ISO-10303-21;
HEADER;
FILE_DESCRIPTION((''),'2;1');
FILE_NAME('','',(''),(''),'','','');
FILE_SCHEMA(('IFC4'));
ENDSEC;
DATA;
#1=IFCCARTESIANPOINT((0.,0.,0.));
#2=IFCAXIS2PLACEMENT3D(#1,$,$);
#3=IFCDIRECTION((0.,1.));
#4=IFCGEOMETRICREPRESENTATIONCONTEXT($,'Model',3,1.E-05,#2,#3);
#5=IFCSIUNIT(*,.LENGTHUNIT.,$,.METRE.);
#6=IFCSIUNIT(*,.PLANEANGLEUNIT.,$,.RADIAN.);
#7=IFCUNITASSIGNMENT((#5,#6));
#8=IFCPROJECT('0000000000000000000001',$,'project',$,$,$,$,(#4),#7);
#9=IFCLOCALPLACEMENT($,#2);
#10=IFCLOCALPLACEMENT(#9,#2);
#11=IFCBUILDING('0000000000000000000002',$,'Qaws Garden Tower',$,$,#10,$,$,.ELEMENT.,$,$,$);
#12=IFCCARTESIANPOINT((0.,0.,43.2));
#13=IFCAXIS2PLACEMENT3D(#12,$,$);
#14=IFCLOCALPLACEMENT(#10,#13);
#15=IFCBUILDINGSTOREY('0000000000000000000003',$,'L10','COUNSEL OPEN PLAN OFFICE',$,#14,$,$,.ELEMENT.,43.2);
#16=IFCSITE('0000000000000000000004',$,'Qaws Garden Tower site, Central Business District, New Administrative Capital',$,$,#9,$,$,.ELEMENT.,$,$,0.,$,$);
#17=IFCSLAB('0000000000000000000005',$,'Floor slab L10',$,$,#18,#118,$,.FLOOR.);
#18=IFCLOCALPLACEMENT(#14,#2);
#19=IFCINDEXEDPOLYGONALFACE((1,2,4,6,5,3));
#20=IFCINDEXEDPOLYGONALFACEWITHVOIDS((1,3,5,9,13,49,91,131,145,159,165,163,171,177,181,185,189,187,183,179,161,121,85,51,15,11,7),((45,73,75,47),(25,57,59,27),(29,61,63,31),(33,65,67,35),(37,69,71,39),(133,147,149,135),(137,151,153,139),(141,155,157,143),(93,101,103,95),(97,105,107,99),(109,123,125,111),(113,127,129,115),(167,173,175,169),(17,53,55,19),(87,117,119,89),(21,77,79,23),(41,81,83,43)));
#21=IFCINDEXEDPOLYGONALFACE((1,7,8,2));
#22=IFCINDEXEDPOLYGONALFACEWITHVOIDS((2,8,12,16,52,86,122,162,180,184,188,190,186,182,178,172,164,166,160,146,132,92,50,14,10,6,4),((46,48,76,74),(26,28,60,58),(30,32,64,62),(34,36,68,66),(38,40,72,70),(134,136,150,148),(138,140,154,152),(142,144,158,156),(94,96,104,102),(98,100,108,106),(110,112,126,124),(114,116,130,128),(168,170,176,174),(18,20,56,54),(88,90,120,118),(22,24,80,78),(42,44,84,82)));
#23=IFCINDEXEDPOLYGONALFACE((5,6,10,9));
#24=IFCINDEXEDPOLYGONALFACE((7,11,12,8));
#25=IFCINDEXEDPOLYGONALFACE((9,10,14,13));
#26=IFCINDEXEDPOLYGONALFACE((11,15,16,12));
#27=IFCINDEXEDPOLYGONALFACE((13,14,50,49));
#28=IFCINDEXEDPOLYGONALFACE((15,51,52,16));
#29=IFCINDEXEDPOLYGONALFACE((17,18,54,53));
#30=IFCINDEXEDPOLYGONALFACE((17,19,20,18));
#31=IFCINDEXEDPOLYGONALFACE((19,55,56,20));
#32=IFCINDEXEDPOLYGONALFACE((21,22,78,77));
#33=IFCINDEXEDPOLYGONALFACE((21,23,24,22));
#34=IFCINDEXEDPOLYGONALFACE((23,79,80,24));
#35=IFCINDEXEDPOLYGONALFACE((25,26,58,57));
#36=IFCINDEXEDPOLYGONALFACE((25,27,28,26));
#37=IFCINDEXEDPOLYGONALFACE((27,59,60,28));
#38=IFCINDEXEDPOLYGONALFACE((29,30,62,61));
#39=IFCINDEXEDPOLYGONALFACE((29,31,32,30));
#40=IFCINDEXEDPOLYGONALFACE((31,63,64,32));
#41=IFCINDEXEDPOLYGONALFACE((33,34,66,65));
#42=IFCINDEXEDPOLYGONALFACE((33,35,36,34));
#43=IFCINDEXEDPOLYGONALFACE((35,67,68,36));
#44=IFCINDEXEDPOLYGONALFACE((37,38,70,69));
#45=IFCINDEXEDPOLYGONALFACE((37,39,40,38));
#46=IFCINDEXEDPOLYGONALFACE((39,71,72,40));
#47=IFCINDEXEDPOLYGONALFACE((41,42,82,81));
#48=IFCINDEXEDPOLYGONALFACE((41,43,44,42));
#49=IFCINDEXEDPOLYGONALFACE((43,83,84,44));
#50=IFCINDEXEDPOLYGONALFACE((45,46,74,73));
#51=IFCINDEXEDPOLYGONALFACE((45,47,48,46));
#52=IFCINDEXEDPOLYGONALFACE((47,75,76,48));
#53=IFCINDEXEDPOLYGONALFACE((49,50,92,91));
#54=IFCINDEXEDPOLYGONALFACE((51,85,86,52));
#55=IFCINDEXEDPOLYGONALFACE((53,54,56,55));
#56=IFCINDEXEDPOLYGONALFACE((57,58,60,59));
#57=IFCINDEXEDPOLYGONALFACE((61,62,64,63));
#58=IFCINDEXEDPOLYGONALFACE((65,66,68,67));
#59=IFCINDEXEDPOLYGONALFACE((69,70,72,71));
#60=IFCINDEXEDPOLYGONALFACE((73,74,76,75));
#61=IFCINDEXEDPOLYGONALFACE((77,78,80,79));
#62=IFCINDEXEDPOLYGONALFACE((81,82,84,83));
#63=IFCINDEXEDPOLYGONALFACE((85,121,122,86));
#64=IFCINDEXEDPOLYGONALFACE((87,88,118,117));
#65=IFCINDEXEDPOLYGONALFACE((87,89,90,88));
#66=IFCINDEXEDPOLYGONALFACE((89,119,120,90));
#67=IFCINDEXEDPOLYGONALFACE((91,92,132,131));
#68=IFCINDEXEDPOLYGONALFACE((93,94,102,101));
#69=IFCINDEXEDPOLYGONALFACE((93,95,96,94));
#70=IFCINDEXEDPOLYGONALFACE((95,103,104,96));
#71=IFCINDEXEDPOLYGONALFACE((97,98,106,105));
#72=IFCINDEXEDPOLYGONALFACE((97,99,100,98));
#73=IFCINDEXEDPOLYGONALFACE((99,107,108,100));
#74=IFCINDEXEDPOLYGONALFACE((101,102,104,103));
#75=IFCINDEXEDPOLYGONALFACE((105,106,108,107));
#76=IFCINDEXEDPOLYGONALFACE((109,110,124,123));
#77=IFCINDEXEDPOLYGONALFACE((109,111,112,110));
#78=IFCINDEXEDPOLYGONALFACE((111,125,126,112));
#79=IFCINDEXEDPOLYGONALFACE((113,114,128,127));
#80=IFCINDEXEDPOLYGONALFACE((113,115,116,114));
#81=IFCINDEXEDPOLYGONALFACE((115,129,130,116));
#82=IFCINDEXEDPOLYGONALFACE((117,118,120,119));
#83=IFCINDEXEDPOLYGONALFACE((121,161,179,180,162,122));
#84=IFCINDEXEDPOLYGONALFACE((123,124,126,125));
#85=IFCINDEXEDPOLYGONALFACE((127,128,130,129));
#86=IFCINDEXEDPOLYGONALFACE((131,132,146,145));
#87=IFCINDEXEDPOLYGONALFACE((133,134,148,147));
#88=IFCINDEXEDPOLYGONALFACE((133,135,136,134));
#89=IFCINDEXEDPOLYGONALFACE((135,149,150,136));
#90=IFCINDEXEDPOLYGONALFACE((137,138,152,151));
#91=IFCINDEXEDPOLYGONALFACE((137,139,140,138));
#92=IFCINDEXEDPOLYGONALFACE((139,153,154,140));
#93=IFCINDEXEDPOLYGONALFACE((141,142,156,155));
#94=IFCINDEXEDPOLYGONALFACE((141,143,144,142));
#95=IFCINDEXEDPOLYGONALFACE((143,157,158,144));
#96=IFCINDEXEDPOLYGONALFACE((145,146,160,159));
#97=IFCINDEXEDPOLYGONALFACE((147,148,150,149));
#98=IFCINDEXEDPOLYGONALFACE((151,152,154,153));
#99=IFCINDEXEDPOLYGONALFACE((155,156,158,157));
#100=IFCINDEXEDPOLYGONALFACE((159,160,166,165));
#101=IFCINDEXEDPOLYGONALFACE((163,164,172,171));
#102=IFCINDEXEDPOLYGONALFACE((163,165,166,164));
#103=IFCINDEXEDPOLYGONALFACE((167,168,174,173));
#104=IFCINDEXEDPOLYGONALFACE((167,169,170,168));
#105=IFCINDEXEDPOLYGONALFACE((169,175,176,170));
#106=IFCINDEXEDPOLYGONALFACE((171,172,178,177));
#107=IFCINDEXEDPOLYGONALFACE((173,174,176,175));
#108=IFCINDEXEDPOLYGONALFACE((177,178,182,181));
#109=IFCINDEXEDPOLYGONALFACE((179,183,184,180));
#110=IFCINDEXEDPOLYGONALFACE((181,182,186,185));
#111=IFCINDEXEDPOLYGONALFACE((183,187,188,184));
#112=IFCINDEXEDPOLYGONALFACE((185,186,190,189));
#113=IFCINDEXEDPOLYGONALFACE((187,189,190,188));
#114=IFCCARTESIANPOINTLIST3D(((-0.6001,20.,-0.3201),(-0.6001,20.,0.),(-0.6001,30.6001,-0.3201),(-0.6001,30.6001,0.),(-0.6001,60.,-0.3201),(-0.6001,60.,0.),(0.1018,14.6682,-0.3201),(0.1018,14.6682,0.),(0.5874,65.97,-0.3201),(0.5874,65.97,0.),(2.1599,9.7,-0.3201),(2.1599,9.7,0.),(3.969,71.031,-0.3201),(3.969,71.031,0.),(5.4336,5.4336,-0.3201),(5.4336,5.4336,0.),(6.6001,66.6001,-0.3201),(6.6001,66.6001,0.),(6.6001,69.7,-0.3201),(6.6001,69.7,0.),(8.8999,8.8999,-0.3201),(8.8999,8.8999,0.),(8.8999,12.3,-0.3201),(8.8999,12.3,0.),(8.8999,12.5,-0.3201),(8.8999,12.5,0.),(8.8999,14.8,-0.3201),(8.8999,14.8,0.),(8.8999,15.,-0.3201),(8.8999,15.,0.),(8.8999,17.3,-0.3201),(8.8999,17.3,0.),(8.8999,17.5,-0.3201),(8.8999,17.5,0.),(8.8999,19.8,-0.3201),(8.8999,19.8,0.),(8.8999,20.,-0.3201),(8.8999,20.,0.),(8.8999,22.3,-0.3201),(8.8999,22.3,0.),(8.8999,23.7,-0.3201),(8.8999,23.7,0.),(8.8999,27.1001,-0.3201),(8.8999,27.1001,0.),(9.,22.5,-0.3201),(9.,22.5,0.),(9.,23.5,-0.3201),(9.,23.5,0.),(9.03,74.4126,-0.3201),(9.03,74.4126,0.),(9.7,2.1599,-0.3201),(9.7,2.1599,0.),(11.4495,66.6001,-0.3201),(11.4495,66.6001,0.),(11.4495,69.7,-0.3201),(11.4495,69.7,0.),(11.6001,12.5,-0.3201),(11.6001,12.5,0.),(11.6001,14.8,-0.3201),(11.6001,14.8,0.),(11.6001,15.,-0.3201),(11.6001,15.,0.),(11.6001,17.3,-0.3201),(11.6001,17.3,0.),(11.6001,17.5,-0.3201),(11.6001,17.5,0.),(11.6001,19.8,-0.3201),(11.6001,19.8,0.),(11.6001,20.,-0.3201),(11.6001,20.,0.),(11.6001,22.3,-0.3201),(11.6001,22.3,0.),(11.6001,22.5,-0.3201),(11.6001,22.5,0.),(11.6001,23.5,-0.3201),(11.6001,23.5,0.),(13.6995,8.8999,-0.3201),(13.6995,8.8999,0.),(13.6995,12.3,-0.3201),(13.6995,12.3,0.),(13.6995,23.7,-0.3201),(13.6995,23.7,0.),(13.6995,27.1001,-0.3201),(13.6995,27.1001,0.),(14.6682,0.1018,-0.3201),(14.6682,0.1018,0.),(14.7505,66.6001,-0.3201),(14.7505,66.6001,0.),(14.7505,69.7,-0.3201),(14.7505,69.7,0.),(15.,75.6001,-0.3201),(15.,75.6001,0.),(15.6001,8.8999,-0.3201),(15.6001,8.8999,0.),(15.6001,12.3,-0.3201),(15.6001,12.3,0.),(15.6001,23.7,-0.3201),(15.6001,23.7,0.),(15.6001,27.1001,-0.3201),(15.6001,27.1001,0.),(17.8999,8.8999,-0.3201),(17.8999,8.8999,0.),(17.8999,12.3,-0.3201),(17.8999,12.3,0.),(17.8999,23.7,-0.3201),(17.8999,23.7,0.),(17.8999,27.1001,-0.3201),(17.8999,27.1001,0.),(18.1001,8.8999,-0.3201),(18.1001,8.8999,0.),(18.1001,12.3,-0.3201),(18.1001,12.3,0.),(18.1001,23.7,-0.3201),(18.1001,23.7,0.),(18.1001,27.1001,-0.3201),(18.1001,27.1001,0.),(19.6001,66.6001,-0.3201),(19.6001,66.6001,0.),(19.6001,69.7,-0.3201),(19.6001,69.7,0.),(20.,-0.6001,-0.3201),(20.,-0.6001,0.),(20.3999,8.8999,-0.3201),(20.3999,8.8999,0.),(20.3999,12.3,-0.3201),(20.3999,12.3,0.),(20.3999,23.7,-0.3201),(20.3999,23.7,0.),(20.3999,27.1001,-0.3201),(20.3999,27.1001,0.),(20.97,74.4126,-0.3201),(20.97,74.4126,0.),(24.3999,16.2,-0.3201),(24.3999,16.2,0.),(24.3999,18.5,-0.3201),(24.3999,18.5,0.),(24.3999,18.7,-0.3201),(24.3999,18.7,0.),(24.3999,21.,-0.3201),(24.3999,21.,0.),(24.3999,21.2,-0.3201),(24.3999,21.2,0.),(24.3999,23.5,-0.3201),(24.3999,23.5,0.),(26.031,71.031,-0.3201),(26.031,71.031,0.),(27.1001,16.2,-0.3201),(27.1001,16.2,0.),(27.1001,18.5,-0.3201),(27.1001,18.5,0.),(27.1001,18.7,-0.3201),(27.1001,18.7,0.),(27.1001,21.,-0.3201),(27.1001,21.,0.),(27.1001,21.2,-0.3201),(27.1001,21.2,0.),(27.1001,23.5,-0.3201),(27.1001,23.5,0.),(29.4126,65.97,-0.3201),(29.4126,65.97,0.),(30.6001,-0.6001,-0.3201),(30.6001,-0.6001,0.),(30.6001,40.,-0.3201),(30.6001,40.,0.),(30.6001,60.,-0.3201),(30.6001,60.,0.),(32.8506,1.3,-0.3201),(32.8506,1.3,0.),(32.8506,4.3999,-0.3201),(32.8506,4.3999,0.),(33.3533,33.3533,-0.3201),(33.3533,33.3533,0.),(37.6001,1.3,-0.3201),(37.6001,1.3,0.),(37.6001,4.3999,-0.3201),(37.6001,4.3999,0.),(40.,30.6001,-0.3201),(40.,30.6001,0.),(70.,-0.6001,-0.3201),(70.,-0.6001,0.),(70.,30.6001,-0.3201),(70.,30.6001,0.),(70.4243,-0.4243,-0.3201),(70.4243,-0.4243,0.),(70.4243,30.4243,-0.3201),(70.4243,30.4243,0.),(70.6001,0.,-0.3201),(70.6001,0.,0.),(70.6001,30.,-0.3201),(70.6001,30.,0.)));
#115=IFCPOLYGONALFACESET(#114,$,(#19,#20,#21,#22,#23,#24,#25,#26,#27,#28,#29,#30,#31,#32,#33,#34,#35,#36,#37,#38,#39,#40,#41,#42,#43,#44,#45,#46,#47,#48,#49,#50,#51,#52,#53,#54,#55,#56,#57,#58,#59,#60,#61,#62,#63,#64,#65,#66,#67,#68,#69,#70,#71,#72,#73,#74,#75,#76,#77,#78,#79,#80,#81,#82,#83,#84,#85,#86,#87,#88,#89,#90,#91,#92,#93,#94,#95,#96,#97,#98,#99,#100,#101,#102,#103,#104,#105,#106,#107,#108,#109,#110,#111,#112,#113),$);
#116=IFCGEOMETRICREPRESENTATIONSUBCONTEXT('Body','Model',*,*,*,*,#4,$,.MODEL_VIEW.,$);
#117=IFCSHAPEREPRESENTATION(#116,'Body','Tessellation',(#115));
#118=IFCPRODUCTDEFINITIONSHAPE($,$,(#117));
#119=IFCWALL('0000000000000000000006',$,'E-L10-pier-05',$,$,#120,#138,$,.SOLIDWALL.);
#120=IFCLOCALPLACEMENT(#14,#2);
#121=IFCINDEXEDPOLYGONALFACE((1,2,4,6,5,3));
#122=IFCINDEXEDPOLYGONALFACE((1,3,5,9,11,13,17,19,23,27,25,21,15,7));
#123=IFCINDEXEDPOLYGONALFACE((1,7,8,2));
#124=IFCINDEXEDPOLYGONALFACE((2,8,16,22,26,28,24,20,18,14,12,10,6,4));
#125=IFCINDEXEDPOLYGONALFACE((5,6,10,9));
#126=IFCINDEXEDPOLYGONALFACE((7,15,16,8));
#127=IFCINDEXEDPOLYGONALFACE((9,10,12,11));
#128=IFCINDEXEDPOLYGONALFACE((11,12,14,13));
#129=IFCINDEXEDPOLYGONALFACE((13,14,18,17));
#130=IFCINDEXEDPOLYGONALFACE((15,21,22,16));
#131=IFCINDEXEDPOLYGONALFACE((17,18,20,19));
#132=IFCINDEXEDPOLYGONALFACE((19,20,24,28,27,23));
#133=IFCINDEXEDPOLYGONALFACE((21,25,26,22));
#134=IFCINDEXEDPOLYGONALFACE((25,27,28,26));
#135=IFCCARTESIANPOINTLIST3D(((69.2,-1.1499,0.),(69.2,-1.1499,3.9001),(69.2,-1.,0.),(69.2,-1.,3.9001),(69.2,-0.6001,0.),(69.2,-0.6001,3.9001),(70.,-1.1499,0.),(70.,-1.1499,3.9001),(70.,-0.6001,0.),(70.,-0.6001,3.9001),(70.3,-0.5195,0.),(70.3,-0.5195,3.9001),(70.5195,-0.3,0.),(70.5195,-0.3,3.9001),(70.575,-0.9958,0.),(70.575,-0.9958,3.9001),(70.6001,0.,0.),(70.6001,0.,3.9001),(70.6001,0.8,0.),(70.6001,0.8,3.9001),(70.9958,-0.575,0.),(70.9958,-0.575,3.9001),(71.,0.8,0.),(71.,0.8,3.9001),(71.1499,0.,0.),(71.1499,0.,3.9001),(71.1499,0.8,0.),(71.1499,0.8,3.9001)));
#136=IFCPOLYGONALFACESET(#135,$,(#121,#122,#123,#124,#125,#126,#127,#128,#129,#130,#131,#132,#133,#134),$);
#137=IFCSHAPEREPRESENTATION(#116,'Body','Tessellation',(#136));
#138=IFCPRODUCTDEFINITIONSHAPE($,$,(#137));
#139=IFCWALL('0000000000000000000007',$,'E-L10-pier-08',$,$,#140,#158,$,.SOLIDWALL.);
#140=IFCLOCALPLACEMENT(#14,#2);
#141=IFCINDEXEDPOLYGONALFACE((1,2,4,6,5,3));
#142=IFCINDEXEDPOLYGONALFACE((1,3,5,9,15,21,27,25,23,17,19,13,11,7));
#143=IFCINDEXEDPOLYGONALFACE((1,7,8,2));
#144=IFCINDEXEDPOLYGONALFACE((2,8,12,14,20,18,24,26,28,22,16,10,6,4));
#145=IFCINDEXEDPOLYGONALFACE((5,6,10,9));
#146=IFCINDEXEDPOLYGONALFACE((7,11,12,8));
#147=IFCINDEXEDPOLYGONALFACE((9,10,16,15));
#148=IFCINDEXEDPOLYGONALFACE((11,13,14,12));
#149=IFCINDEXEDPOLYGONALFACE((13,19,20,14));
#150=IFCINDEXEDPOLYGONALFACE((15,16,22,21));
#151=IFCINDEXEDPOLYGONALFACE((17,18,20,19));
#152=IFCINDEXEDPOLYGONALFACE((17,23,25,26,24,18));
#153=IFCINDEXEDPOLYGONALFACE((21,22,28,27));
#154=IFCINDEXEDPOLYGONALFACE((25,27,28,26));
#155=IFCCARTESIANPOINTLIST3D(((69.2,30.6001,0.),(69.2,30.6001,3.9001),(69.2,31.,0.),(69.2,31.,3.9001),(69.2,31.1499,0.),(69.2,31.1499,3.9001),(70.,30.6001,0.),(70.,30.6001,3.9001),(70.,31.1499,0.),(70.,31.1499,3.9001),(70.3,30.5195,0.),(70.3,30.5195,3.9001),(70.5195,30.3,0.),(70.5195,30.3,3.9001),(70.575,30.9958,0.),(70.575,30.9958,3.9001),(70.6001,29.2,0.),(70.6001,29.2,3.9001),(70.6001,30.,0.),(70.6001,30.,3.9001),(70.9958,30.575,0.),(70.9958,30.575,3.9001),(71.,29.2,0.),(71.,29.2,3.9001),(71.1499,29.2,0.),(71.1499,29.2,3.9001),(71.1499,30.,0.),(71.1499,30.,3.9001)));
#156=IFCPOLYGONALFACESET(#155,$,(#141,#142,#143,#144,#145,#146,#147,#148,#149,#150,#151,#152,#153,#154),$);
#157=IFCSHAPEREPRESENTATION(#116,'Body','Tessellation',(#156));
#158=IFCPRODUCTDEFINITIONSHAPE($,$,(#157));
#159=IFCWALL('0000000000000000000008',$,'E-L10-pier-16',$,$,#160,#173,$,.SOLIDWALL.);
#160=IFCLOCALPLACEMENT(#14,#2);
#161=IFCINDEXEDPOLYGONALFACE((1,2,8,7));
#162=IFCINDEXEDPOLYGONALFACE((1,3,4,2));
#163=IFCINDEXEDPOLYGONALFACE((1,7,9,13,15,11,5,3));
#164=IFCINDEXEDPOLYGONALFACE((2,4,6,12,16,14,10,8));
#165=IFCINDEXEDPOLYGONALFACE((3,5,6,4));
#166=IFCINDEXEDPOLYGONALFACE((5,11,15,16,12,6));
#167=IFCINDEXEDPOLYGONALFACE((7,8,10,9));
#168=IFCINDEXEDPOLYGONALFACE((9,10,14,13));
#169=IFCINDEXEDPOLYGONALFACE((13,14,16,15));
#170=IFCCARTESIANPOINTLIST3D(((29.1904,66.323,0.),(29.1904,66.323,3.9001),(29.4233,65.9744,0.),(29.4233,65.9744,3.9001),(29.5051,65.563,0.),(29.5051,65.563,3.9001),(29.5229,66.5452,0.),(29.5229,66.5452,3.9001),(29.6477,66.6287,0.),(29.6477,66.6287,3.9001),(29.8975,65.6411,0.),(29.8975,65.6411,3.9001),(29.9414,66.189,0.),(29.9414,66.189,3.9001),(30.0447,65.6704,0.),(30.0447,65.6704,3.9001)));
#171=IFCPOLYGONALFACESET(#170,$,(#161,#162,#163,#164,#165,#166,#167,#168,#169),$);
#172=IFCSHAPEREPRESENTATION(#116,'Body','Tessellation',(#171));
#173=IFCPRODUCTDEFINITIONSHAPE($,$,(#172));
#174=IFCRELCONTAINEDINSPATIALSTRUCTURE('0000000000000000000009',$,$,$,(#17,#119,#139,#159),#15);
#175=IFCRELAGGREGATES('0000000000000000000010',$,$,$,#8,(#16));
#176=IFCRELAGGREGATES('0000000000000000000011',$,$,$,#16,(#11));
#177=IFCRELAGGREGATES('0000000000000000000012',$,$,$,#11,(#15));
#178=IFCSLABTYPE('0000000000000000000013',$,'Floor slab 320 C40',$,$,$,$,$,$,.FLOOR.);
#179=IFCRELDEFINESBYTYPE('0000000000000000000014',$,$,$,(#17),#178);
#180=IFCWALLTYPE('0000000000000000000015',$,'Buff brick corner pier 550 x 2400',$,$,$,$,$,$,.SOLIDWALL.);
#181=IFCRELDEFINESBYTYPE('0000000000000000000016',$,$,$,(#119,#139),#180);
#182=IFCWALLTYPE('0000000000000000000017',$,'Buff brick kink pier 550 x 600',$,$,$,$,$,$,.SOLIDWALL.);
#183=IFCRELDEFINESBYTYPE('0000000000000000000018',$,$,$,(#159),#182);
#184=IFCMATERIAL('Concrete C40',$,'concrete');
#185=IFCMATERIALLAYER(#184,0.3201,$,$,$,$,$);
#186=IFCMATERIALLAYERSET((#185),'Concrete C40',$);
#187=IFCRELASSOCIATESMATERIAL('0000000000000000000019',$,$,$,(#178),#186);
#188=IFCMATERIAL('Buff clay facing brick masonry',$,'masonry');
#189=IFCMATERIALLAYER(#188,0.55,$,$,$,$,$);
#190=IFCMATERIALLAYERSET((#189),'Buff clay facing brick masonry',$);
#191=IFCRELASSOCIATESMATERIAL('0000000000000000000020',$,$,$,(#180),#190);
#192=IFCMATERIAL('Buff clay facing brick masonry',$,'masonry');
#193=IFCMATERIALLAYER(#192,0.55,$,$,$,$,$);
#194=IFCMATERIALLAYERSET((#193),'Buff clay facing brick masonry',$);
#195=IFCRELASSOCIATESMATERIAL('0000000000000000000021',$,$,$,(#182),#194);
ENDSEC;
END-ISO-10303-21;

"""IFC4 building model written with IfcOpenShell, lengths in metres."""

from ifc_helpers import new_model, si_unit, direction, frame, origin, place, context, subcontext, project, spatial, polyline, outline, extrude, material, layer, layer_set, type_object, element, save


model = new_model("IFC4")

# Units and contexts
model_context = context("Model", 3, precision=1e-05, world=origin(), true_north=direction((0.0, 1.0)))
body_context = subcontext(model_context, "Body", "Model", "MODEL_VIEW")
ifc_project = project(units=[si_unit("LENGTHUNIT", "METRE"), si_unit("PLANEANGLEUNIT", "RADIAN")], contexts=[model_context])

# Site, building, storey
site_placement = place(None, origin())
site = spatial("IfcSite", under=ifc_project, at=site_placement, Name="Qaws Garden Tower site, Central Business District, New Administrative Capital", CompositionType="ELEMENT", RefElevation=0.0)
building_placement = place(site_placement, origin())
building = spatial("IfcBuilding", under=site, at=building_placement, Name="Qaws Garden Tower", CompositionType="ELEMENT")
storey_placement = place(building_placement, frame((0.0, 0.0, 43.2)))
storey = spatial("IfcBuildingStorey", under=building, at=storey_placement, Name="L10", Description="COUNSEL OPEN PLAN OFFICE", CompositionType="ELEMENT", Elevation=43.2)

# Slab
ifc_material_1 = material(Name="Concrete C40", Category="concrete")
ifc_layer_1 = layer(ifc_material_1, 0.3201)
ifc_layer_set_1 = layer_set([ifc_layer_1], Name="Concrete C40")
slab_type = type_object("IfcSlabType", Name="Floor slab 320 C40", PredefinedType="FLOOR", material=ifc_layer_set_1)
slab_placement = place(storey_placement, frame((0.0, 0.0, -0.3201)))
element("IfcSlab", 1, at=slab_placement, inside=storey, type_object=slab_type, Name="Floor slab L10", PredefinedType="FLOOR", context=body_context, shape_type="SweptSolid", body=[
    extrude(outline(polyline([(0.1018, 14.6682), (-0.6001, 20.0), (-0.6001, 30.6001), (-0.6001, 60.0), (-0.6001, 60.0), (0.5874, 65.97), (3.969, 71.031), (9.03, 74.4126), (15.0, 75.6001), (20.97, 74.4126), (26.031, 71.031), (29.4126, 65.97), (30.6001, 60.0), (30.6001, 40.0), (33.3533, 33.3533), (40.0, 30.6001), (70.0, 30.6001), (70.4243, 30.4243), (70.6001, 30.0), (70.6001, 0.0), (70.4243, -0.4243), (70.0, -0.6001), (30.6001, -0.6001), (20.0, -0.6001), (14.6682, 0.1018), (9.7, 2.1599), (5.4336, 5.4336), (2.1599, 9.7), (0.1018, 14.6682)]), holes=[polyline([(13.6995, 12.3), (8.8999, 12.3), (8.8999, 8.8999), (13.6995, 8.8999), (13.6995, 12.3)]), polyline([(17.8999, 12.3), (15.6001, 12.3), (15.6001, 8.8999), (17.8999, 8.8999), (17.8999, 12.3)]), polyline([(11.6001, 14.8), (8.8999, 14.8), (8.8999, 12.5), (11.6001, 12.5), (11.6001, 14.8)]), polyline([(11.6001, 17.3), (8.8999, 17.3), (8.8999, 15.0), (11.6001, 15.0), (11.6001, 17.3)]), polyline([(11.6001, 19.8), (8.8999, 19.8), (8.8999, 17.5), (11.6001, 17.5), (11.6001, 19.8)]), polyline([(11.6001, 22.3), (8.8999, 22.3), (8.8999, 20.0), (11.6001, 20.0), (11.6001, 22.3)]), polyline([(11.6001, 23.5), (9.0, 23.5), (9.0, 22.5), (11.6001, 22.5), (11.6001, 23.5)]), polyline([(13.6995, 27.1001), (8.8999, 27.1001), (8.8999, 23.7), (13.6995, 23.7), (13.6995, 27.1001)]), polyline([(11.4495, 69.7), (6.6001, 69.7), (6.6001, 66.6001), (11.4495, 66.6001), (11.4495, 69.7)]), polyline([(37.6001, 4.3999), (32.8506, 4.3999), (32.8506, 1.3), (37.6001, 1.3), (37.6001, 4.3999)]), polyline([(20.3999, 12.3), (18.1001, 12.3), (18.1001, 8.8999), (20.3999, 8.8999), (20.3999, 12.3)]), polyline([(27.1001, 18.5), (24.3999, 18.5), (24.3999, 16.2), (27.1001, 16.2), (27.1001, 18.5)]), polyline([(27.1001, 21.0), (24.3999, 21.0), (24.3999, 18.7), (27.1001, 18.7), (27.1001, 21.0)]), polyline([(27.1001, 23.5), (24.3999, 23.5), (24.3999, 21.2), (27.1001, 21.2), (27.1001, 23.5)]), polyline([(17.8999, 27.1001), (15.6001, 27.1001), (15.6001, 23.7), (17.8999, 23.7), (17.8999, 27.1001)]), polyline([(20.3999, 23.7), (20.3999, 27.1001), (18.1001, 27.1001), (18.1001, 23.7), (20.3999, 23.7)]), polyline([(19.6001, 66.6001), (19.6001, 69.7), (14.7505, 69.7), (14.7505, 66.6001), (19.6001, 66.6001)])]), origin(), (0.0, 0.0, 1.0), 0.3201),
])

# Walls
ifc_material_2 = material(Name="Buff clay facing brick masonry", Category="masonry")
ifc_layer_2 = layer(ifc_material_2, 0.55)
ifc_layer_set_2 = layer_set([ifc_layer_2], Name="Buff clay facing brick masonry")
wall_type_1 = type_object("IfcWallType", Name="Buff brick corner pier 550 x 2400", PredefinedType="SOLIDWALL", material=ifc_layer_set_2)
placement = place(storey_placement, origin())
element("IfcWall", 2, at=placement, inside=storey, type_object=wall_type_1, Name="E-L10-pier-05", PredefinedType="SOLIDWALL", context=body_context, shape_type="SweptSolid", body=[
    extrude(outline(polyline([(69.2, -1.0), (69.2, -1.1499), (70.0, -1.1499), (70.575, -0.9958), (70.9958, -0.575), (71.1499, 0.0), (71.1499, 0.8), (71.0, 0.8), (70.6001, 0.8), (70.6001, 0.0), (70.5195, -0.3), (70.3, -0.5195), (70.0, -0.6001), (69.2, -0.6001), (69.2, -1.0)])), origin(), (0.0, 0.0, 1.0), 3.9001),
])
element("IfcWall", 3, at=placement, inside=storey, type_object=wall_type_1, Name="E-L10-pier-08", PredefinedType="SOLIDWALL", context=body_context, shape_type="SweptSolid", body=[
    extrude(outline(polyline([(71.0, 29.2), (71.1499, 29.2), (71.1499, 30.0), (70.9958, 30.575), (70.575, 30.9958), (70.0, 31.1499), (69.2, 31.1499), (69.2, 31.0), (69.2, 30.6001), (70.0, 30.6001), (70.3, 30.5195), (70.5195, 30.3), (70.6001, 30.0), (70.6001, 29.2), (71.0, 29.2)])), origin(), (0.0, 0.0, 1.0), 3.9001),
])
ifc_material_3 = material(Name="Buff clay facing brick masonry", Category="masonry")
ifc_layer_3 = layer(ifc_material_3, 0.55)
ifc_layer_set_3 = layer_set([ifc_layer_3], Name="Buff clay facing brick masonry")
wall_type_2 = type_object("IfcWallType", Name="Buff brick kink pier 550 x 600", PredefinedType="SOLIDWALL", material=ifc_layer_set_3)
element("IfcWall", 4, at=placement, inside=storey, type_object=wall_type_2, Name="E-L10-pier-16", PredefinedType="SOLIDWALL", context=body_context, shape_type="SweptSolid", body=[
    extrude(outline(polyline([(29.8975, 65.6411), (30.0447, 65.6704), (29.9414, 66.189), (29.6477, 66.6287), (29.5229, 66.5452), (29.1904, 66.323), (29.4233, 65.9744), (29.5051, 65.563), (29.8975, 65.6411)])), origin(), (0.0, 0.0, 1.0), 3.9001),
])

save(model, "model.ifc")
